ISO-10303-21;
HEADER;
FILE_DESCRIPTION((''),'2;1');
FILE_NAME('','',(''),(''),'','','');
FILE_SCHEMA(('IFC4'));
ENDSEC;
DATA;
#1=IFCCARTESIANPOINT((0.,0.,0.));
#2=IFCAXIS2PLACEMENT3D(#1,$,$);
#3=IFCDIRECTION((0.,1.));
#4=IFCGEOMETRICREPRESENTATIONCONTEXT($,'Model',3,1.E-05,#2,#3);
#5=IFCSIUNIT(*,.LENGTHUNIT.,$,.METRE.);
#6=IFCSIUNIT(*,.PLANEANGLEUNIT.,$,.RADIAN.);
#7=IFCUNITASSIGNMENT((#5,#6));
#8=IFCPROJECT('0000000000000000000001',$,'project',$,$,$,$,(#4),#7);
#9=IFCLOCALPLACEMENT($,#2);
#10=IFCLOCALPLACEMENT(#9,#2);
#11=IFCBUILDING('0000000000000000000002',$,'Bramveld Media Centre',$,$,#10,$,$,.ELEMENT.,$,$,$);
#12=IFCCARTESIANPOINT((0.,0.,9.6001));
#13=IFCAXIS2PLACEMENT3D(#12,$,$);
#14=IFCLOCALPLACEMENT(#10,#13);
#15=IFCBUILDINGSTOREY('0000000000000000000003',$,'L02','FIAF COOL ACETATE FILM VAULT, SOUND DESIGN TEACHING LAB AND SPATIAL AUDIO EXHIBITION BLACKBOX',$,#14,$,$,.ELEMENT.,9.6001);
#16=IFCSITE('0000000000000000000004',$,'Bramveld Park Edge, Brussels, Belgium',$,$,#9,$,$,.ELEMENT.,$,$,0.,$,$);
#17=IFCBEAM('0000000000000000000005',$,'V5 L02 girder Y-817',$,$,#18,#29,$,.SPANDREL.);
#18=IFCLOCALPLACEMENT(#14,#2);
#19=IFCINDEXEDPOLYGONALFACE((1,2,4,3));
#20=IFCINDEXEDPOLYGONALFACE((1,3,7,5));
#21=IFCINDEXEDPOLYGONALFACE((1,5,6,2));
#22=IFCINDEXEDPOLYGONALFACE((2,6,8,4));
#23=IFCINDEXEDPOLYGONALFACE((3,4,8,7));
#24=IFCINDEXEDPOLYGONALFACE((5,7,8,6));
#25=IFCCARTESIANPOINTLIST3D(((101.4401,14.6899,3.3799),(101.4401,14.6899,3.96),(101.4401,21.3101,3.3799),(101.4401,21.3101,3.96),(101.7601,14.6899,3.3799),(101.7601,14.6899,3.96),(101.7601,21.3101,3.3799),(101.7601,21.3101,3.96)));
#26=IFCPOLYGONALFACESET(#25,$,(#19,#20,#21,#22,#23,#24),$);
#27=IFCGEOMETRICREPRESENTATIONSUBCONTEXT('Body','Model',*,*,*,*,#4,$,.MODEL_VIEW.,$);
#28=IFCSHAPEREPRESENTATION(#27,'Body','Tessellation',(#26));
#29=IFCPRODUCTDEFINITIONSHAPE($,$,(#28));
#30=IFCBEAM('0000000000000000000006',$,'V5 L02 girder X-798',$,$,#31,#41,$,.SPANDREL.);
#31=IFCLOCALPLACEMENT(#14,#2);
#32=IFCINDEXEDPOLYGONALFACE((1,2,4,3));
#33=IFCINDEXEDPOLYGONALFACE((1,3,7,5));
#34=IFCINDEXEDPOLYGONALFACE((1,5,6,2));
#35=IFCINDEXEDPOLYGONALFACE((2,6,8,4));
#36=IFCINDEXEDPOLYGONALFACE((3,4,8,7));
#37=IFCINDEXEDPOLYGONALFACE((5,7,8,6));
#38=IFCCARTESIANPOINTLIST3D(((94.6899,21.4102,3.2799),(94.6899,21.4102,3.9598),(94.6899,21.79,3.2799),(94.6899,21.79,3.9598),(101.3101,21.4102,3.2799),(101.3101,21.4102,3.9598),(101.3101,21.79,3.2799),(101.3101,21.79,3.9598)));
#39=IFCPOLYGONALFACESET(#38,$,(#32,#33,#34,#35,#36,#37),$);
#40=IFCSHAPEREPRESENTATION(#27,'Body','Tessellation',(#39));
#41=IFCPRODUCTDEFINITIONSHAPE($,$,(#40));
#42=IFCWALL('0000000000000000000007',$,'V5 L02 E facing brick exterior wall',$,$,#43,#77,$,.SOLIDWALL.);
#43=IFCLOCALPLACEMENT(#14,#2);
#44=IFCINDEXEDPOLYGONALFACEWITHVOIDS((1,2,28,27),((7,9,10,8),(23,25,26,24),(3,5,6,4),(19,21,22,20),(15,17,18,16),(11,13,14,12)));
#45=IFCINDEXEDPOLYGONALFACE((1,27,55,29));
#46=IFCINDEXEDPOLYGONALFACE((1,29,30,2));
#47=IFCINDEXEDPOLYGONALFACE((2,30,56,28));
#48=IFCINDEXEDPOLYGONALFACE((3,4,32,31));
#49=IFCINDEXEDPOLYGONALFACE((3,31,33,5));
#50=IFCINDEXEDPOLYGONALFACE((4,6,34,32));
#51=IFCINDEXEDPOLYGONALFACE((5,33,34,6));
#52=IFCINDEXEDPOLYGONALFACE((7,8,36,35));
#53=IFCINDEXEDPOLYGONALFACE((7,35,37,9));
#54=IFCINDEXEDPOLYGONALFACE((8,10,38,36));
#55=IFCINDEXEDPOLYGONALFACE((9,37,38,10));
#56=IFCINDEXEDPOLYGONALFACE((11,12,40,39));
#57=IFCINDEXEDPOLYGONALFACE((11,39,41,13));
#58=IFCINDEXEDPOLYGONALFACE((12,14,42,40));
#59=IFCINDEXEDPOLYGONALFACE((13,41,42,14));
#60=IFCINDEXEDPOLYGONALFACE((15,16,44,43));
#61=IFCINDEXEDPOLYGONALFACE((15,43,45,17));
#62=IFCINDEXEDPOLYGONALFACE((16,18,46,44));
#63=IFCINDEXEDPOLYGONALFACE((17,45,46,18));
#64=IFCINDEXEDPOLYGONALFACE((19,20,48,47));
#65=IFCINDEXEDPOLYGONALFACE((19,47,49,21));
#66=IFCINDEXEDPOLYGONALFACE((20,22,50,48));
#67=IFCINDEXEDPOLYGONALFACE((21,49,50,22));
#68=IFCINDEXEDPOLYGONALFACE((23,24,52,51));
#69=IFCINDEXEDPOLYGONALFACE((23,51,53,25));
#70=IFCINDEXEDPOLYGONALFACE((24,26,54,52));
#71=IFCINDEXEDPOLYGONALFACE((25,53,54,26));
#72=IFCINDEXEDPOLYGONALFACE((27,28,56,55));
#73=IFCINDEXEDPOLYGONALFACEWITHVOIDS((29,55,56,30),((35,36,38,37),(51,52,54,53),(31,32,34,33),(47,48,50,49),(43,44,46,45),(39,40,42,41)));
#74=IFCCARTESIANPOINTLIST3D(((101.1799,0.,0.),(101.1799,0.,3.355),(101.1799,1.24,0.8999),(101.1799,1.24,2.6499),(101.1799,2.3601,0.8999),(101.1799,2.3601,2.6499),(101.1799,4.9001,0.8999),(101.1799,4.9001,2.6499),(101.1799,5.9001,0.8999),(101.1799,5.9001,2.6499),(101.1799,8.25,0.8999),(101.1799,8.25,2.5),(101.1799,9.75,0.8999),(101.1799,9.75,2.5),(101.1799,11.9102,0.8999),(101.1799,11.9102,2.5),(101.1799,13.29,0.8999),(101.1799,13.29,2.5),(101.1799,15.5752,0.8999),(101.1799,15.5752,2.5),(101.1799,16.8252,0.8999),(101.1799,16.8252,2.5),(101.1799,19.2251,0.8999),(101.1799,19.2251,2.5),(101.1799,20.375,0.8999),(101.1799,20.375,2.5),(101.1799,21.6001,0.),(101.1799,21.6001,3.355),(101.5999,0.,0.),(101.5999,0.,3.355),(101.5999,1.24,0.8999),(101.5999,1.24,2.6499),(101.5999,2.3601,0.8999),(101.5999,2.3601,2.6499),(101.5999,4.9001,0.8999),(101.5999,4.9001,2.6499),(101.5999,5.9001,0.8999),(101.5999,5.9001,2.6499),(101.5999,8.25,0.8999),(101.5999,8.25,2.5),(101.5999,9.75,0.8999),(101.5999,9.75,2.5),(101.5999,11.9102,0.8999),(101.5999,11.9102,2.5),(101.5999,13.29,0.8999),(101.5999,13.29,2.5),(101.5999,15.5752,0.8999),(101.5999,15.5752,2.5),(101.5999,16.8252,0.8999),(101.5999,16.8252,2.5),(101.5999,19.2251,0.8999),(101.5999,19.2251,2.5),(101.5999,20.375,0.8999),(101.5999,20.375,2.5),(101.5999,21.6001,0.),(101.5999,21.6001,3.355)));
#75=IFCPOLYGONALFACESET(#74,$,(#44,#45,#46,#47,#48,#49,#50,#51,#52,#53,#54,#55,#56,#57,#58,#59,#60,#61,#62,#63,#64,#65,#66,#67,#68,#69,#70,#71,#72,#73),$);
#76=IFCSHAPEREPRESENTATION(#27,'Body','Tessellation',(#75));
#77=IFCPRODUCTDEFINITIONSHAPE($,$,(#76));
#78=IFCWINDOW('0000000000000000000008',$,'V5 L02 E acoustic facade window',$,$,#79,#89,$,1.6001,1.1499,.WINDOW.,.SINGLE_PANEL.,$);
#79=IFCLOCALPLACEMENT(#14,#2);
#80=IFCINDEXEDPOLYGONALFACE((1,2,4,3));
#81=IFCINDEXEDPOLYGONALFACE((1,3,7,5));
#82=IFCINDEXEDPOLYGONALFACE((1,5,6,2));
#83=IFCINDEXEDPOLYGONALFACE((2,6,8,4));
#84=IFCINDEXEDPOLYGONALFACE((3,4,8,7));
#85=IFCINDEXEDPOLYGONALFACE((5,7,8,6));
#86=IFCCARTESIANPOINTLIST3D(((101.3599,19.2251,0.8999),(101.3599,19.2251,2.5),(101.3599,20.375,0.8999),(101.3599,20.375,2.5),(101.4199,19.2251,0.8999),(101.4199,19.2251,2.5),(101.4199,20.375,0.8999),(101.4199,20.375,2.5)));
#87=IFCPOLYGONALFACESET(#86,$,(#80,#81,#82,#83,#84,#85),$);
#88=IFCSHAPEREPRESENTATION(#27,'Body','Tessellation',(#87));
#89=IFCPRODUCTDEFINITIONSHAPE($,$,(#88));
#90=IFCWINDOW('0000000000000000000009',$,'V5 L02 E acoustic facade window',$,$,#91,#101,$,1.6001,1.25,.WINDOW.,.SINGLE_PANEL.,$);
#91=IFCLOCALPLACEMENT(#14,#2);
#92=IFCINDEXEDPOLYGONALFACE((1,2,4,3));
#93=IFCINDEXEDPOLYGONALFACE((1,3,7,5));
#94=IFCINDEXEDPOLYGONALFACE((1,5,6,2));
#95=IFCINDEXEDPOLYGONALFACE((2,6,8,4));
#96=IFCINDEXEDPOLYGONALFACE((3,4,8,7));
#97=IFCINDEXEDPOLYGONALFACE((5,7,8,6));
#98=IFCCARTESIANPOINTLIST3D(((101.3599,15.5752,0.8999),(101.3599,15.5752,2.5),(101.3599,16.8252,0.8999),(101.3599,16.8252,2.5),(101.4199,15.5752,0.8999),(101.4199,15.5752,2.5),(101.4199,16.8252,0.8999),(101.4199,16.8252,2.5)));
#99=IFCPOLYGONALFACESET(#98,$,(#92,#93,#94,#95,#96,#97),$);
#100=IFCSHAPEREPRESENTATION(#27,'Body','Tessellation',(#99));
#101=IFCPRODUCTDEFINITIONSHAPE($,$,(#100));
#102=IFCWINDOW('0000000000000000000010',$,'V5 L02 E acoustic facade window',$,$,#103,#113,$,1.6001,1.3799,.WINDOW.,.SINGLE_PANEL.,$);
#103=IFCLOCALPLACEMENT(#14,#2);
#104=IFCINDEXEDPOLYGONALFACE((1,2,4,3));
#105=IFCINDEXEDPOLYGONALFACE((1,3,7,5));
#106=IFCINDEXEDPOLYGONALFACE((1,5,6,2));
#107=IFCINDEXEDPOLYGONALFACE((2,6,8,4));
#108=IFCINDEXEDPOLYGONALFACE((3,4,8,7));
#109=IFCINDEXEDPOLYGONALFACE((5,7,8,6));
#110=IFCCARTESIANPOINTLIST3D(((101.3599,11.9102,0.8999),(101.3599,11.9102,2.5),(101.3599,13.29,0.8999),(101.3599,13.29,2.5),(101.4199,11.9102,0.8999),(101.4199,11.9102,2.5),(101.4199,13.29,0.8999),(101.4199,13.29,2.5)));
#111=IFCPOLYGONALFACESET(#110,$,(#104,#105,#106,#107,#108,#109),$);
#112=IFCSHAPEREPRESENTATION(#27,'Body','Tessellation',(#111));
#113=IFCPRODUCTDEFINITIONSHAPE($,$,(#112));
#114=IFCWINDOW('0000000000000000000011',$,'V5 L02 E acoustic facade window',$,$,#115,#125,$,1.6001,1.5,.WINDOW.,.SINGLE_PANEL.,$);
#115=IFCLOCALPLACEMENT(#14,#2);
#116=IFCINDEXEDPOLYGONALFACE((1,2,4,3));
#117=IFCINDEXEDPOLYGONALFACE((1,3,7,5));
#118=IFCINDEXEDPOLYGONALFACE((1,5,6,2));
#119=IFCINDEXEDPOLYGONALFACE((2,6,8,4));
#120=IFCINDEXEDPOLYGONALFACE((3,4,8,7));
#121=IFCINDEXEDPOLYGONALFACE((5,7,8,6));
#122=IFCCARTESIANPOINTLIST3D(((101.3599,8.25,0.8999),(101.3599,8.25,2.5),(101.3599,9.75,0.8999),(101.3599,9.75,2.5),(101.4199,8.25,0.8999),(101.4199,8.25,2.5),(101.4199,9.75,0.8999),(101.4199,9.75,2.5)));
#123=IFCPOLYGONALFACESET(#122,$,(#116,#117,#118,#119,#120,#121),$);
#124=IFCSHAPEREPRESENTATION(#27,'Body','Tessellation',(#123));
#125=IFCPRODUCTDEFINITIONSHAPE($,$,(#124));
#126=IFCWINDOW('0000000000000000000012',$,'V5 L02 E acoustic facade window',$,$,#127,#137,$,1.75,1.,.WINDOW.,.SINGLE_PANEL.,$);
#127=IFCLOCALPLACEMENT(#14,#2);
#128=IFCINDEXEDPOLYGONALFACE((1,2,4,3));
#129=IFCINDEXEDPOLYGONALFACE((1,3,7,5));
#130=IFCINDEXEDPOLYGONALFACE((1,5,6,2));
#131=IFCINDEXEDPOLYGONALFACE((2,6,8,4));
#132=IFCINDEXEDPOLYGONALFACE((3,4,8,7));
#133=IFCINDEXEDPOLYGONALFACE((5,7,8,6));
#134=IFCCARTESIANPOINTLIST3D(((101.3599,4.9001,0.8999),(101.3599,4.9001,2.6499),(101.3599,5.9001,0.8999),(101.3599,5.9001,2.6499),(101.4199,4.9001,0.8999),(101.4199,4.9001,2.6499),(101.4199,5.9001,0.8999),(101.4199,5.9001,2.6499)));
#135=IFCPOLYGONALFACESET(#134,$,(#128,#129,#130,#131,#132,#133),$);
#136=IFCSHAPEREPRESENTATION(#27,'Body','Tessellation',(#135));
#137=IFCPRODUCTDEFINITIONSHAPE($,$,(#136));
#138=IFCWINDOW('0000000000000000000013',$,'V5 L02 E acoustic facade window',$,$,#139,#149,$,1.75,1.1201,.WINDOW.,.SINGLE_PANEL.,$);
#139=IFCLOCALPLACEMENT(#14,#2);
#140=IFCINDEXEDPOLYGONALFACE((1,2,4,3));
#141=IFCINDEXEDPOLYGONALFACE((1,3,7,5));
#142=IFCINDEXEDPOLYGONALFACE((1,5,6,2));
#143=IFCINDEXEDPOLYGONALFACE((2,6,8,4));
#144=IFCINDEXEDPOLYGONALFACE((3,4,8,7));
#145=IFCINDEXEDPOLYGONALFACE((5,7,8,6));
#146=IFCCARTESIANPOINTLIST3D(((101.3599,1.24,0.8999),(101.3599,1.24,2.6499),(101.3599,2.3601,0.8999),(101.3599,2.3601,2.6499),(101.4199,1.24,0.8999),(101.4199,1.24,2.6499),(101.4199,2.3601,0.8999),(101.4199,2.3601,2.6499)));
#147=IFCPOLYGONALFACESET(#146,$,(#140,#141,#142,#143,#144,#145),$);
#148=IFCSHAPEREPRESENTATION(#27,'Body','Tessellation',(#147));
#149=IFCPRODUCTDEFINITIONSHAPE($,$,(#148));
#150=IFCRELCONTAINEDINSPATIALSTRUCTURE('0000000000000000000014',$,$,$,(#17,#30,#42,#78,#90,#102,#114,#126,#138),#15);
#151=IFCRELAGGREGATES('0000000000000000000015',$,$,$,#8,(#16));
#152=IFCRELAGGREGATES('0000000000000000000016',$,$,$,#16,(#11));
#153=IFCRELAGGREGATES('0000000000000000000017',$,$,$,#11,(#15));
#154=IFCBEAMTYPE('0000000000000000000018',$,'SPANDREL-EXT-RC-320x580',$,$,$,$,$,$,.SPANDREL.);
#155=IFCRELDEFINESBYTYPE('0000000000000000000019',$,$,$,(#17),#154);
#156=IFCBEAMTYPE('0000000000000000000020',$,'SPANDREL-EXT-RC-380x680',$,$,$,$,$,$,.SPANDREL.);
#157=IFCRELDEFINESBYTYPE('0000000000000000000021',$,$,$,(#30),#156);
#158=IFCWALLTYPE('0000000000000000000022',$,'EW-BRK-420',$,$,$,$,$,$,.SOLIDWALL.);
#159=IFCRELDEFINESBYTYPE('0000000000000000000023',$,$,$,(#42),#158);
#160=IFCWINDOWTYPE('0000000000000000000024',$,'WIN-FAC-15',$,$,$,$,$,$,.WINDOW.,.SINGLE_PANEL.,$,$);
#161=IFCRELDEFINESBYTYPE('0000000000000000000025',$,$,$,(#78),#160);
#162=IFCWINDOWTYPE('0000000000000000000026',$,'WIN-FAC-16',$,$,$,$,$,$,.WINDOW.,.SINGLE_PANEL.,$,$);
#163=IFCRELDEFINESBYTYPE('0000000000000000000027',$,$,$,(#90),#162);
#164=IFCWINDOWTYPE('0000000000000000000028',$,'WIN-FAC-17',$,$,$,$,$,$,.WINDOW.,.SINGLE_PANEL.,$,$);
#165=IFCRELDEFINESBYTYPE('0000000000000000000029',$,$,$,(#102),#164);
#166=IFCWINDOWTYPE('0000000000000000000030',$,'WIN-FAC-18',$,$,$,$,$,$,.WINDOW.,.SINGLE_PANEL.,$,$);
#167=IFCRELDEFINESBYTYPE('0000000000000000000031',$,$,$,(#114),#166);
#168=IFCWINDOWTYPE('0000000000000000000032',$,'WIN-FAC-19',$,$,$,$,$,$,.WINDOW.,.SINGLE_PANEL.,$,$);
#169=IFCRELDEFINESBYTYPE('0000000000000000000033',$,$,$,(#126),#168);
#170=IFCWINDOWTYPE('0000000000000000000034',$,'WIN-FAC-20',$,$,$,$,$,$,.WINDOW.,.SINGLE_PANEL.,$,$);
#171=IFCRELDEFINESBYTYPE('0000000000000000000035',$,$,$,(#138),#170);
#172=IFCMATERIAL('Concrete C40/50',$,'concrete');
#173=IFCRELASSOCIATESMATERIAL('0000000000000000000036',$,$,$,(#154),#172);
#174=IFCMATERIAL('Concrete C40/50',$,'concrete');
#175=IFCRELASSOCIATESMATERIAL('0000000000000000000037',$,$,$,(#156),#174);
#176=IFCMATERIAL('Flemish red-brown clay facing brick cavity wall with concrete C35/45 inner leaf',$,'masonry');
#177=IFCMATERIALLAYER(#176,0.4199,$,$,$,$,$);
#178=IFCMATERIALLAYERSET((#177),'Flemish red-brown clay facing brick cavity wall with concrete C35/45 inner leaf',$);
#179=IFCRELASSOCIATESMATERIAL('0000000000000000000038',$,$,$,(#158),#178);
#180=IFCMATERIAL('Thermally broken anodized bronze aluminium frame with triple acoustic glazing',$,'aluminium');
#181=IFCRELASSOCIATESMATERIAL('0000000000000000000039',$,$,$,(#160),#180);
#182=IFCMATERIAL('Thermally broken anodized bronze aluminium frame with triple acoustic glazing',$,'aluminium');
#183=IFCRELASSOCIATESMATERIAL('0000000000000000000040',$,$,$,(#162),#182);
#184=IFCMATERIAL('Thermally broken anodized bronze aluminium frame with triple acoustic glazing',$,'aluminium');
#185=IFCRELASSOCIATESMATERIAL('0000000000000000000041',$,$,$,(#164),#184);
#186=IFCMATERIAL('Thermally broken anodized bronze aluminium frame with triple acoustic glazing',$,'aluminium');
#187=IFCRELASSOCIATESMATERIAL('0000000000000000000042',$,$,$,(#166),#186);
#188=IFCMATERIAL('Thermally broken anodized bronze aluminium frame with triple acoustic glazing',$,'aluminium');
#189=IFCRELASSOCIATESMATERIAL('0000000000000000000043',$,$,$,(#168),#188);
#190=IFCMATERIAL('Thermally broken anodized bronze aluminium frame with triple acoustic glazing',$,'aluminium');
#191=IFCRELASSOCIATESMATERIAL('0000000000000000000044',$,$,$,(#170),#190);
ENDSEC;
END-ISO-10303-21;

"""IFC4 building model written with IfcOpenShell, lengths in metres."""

from ifc_helpers import new_model, si_unit, direction, frame, frame_2d, origin, origin_2d, place, context, subcontext, project, spatial, rectangle, extrude, material, layer, layer_set, material_profile, profile_set, type_object, element, fill, save


model = new_model("IFC4")

# Units and contexts
model_context = context("Model", 3, precision=1e-05, world=origin(), true_north=direction((0.0, 1.0)))
body_context = subcontext(model_context, "Body", "Model", "MODEL_VIEW")
ifc_project = project(units=[si_unit("LENGTHUNIT", "METRE"), si_unit("PLANEANGLEUNIT", "RADIAN")], contexts=[model_context])

# Site, building, storey
site_placement = place(None, origin())
site = spatial("IfcSite", under=ifc_project, at=site_placement, Name="Bramveld Park Edge, Brussels, Belgium", CompositionType="ELEMENT", RefElevation=0.0)
building_placement = place(site_placement, origin())
building = spatial("IfcBuilding", under=site, at=building_placement, Name="Bramveld Media Centre", CompositionType="ELEMENT")
storey_placement = place(building_placement, frame((0.0, 0.0, 9.6001)))
storey = spatial("IfcBuildingStorey", under=building, at=storey_placement, Name="L02", Description="FIAF COOL ACETATE FILM VAULT, SOUND DESIGN TEACHING LAB AND SPATIAL AUDIO EXHIBITION BLACKBOX", CompositionType="ELEMENT", Elevation=9.6001)

# Beams
ifc_material_1 = material(Name="Concrete C40/50", Category="concrete")
ifc_material_profile_1 = material_profile(ifc_material_1, rectangle(XDim=0.3201, YDim=0.5801, at=origin_2d()), Name="RC 320x580")
ifc_profile_set_1 = profile_set([ifc_material_profile_1], Name="Concrete C40/50")
beam_type_1 = type_object("IfcBeamType", Name="SPANDREL-EXT-RC-320x580", PredefinedType="SPANDREL", material=ifc_profile_set_1)
beam_1_placement = place(storey_placement, frame((101.6001, 14.6899, 3.6699), z_axis=(0.0, 1.0, 0.0), x_axis=(-1.0, 0.0, 0.0)))
element("IfcBeam", 1, at=beam_1_placement, inside=storey, type_object=beam_type_1, Name="V5 L02 girder Y-817", PredefinedType="SPANDREL", context=body_context, shape_type="SweptSolid", body=[
    extrude(rectangle(XDim=0.3201, YDim=0.5801, at=origin_2d()), origin(), (0.0, 0.0, 1.0), 6.6201),
])
ifc_material_2 = material(Name="Concrete C40/50", Category="concrete")
ifc_material_profile_2 = material_profile(ifc_material_2, rectangle(XDim=0.3799, YDim=0.6799, at=origin_2d()), Name="RC 380x680")
ifc_profile_set_2 = profile_set([ifc_material_profile_2], Name="Concrete C40/50")
beam_type_2 = type_object("IfcBeamType", Name="SPANDREL-EXT-RC-380x680", PredefinedType="SPANDREL", material=ifc_profile_set_2)
beam_2_placement = place(storey_placement, frame((94.6899, 21.6001, 3.6199), z_axis=(1.0, 0.0, 0.0), x_axis=(0.0, 1.0, 0.0)))
element("IfcBeam", 2, at=beam_2_placement, inside=storey, type_object=beam_type_2, Name="V5 L02 girder X-798", PredefinedType="SPANDREL", context=body_context, shape_type="SweptSolid", body=[
    extrude(rectangle(XDim=0.3799, YDim=0.6799, at=origin_2d()), origin(), (0.0, 0.0, 1.0), 6.6201),
])

# Wall, openings, windows
ifc_material_3 = material(Name="Flemish red-brown clay facing brick cavity wall with concrete C35/45 inner leaf", Category="masonry")
ifc_layer_1 = layer(ifc_material_3, 0.4199)
ifc_layer_set_1 = layer_set([ifc_layer_1], Name="Flemish red-brown clay facing brick cavity wall with concrete C35/45 inner leaf")
wall_type_1 = type_object("IfcWallType", Name="EW-BRK-420", PredefinedType="SOLIDWALL", material=ifc_layer_set_1)
wall_1_placement = place(storey_placement, frame((101.3899, 21.6001, 0.0), z_axis=(0.0, 0.0, 1.0), x_axis=(0.0, -1.0, 0.0)))
wall_1 = element("IfcWall", 3, at=wall_1_placement, inside=storey, type_object=wall_type_1, Name="V5 L02 E facing brick exterior wall", PredefinedType="SOLIDWALL", context=body_context, shape_type="SweptSolid", body=[
    extrude(rectangle(XDim=21.6001, YDim=0.4199, at=frame_2d((10.8, 0.0))), origin(), (0.0, 0.0, 1.0), 3.355),
])
opening_1_placement = place(wall_1_placement, frame((1.2251, 0.0, 0.8999)))
opening_1 = element("IfcOpeningElement", 4, at=opening_1_placement, cuts=wall_1, PredefinedType="OPENING", context=body_context, shape_type="SweptSolid", body=[
    extrude(rectangle(XDim=1.1499, YDim=1.6001, at=frame_2d((0.575, 0.8))), frame((0.0, 0.2219, 0.0), z_axis=(0.0, -1.0, 0.0), x_axis=(1.0, 0.0, 0.0)), (0.0, 0.0, 1.0), 0.4438),
])
opening_2_placement = place(wall_1_placement, frame((4.7749, 0.0, 0.8999)))
opening_2 = element("IfcOpeningElement", 5, at=opening_2_placement, cuts=wall_1, PredefinedType="OPENING", context=body_context, shape_type="SweptSolid", body=[
    extrude(rectangle(XDim=1.25, YDim=1.6001, at=frame_2d((0.625, 0.8))), frame((0.0, 0.2219, 0.0), z_axis=(0.0, -1.0, 0.0), x_axis=(1.0, 0.0, 0.0)), (0.0, 0.0, 1.0), 0.4438),
])
opening_3_placement = place(wall_1_placement, frame((8.3101, 0.0, 0.8999)))
opening_3 = element("IfcOpeningElement", 6, at=opening_3_placement, cuts=wall_1, PredefinedType="OPENING", context=body_context, shape_type="SweptSolid", body=[
    extrude(rectangle(XDim=1.3799, YDim=1.6001, at=frame_2d((0.6899, 0.8))), frame((0.0, 0.2219, 0.0), z_axis=(0.0, -1.0, 0.0), x_axis=(1.0, 0.0, 0.0)), (0.0, 0.0, 1.0), 0.4438),
])
opening_4_placement = place(wall_1_placement, frame((11.8501, 0.0, 0.8999)))
opening_4 = element("IfcOpeningElement", 7, at=opening_4_placement, cuts=wall_1, PredefinedType="OPENING", context=body_context, shape_type="SweptSolid", body=[
    extrude(rectangle(XDim=1.5, YDim=1.6001, at=frame_2d((0.75, 0.8))), frame((0.0, 0.2219, 0.0), z_axis=(0.0, -1.0, 0.0), x_axis=(1.0, 0.0, 0.0)), (0.0, 0.0, 1.0), 0.4438),
])
opening_5_placement = place(wall_1_placement, frame((15.7, 0.0, 0.8999)))
opening_5 = element("IfcOpeningElement", 8, at=opening_5_placement, cuts=wall_1, PredefinedType="OPENING", context=body_context, shape_type="SweptSolid", body=[
    extrude(rectangle(XDim=1.0, YDim=1.75, at=frame_2d((0.5, 0.875))), frame((0.0, 0.2219, 0.0), z_axis=(0.0, -1.0, 0.0), x_axis=(1.0, 0.0, 0.0)), (0.0, 0.0, 1.0), 0.4438),
])
opening_6_placement = place(wall_1_placement, frame((19.24, 0.0, 0.8999)))
opening_6 = element("IfcOpeningElement", 9, at=opening_6_placement, cuts=wall_1, PredefinedType="OPENING", context=body_context, shape_type="SweptSolid", body=[
    extrude(rectangle(XDim=1.1201, YDim=1.75, at=frame_2d((0.5601, 0.875))), frame((0.0, 0.2219, 0.0), z_axis=(0.0, -1.0, 0.0), x_axis=(1.0, 0.0, 0.0)), (0.0, 0.0, 1.0), 0.4438),
])
ifc_material_4 = material(Name="Thermally broken anodized bronze aluminium frame with triple acoustic glazing", Category="aluminium")
window_type_1 = type_object("IfcWindowType", Name="WIN-FAC-15", PartitioningType="SINGLE_PANEL", PredefinedType="WINDOW", material=ifc_material_4)
window_1_placement = place(opening_1_placement, origin())
window_1 = element("IfcWindow", 10, at=window_1_placement, inside=storey, type_object=window_type_1, Name="V5 L02 E acoustic facade window", OverallHeight=1.6001, OverallWidth=1.1499, PartitioningType="SINGLE_PANEL", PredefinedType="WINDOW", context=body_context, shape_type="SweptSolid", body=[
    extrude(rectangle(XDim=1.1499, YDim=1.6001, at=frame_2d((0.575, 0.8))), frame((0.0, 0.03, 0.0), z_axis=(0.0, -1.0, 0.0), x_axis=(1.0, 0.0, 0.0)), (0.0, 0.0, 1.0), 0.0601),
])
fill(opening_1, window_1)
ifc_material_5 = material(Name="Thermally broken anodized bronze aluminium frame with triple acoustic glazing", Category="aluminium")
window_type_2 = type_object("IfcWindowType", Name="WIN-FAC-16", PartitioningType="SINGLE_PANEL", PredefinedType="WINDOW", material=ifc_material_5)
window_2_placement = place(opening_2_placement, origin())
window_2 = element("IfcWindow", 11, at=window_2_placement, inside=storey, type_object=window_type_2, Name="V5 L02 E acoustic facade window", OverallHeight=1.6001, OverallWidth=1.25, PartitioningType="SINGLE_PANEL", PredefinedType="WINDOW", context=body_context, shape_type="SweptSolid", body=[
    extrude(rectangle(XDim=1.25, YDim=1.6001, at=frame_2d((0.625, 0.8))), frame((0.0, 0.03, 0.0), z_axis=(0.0, -1.0, 0.0), x_axis=(1.0, 0.0, 0.0)), (0.0, 0.0, 1.0), 0.0601),
])
fill(opening_2, window_2)
ifc_material_6 = material(Name="Thermally broken anodized bronze aluminium frame with triple acoustic glazing", Category="aluminium")
window_type_3 = type_object("IfcWindowType", Name="WIN-FAC-17", PartitioningType="SINGLE_PANEL", PredefinedType="WINDOW", material=ifc_material_6)
window_3_placement = place(opening_3_placement, origin())
window_3 = element("IfcWindow", 12, at=window_3_placement, inside=storey, type_object=window_type_3, Name="V5 L02 E acoustic facade window", OverallHeight=1.6001, OverallWidth=1.3799, PartitioningType="SINGLE_PANEL", PredefinedType="WINDOW", context=body_context, shape_type="SweptSolid", body=[
    extrude(rectangle(XDim=1.3799, YDim=1.6001, at=frame_2d((0.6899, 0.8))), frame((0.0, 0.03, 0.0), z_axis=(0.0, -1.0, 0.0), x_axis=(1.0, 0.0, 0.0)), (0.0, 0.0, 1.0), 0.0601),
])
fill(opening_3, window_3)
ifc_material_7 = material(Name="Thermally broken anodized bronze aluminium frame with triple acoustic glazing", Category="aluminium")
window_type_4 = type_object("IfcWindowType", Name="WIN-FAC-18", PartitioningType="SINGLE_PANEL", PredefinedType="WINDOW", material=ifc_material_7)
window_4_placement = place(opening_4_placement, origin())
window_4 = element("IfcWindow", 13, at=window_4_placement, inside=storey, type_object=window_type_4, Name="V5 L02 E acoustic facade window", OverallHeight=1.6001, OverallWidth=1.5, PartitioningType="SINGLE_PANEL", PredefinedType="WINDOW", context=body_context, shape_type="SweptSolid", body=[
    extrude(rectangle(XDim=1.5, YDim=1.6001, at=frame_2d((0.75, 0.8))), frame((0.0, 0.03, 0.0), z_axis=(0.0, -1.0, 0.0), x_axis=(1.0, 0.0, 0.0)), (0.0, 0.0, 1.0), 0.0601),
])
fill(opening_4, window_4)
ifc_material_8 = material(Name="Thermally broken anodized bronze aluminium frame with triple acoustic glazing", Category="aluminium")
window_type_5 = type_object("IfcWindowType", Name="WIN-FAC-19", PartitioningType="SINGLE_PANEL", PredefinedType="WINDOW", material=ifc_material_8)
window_5_placement = place(opening_5_placement, origin())
window_5 = element("IfcWindow", 14, at=window_5_placement, inside=storey, type_object=window_type_5, Name="V5 L02 E acoustic facade window", OverallHeight=1.75, OverallWidth=1.0, PartitioningType="SINGLE_PANEL", PredefinedType="WINDOW", context=body_context, shape_type="SweptSolid", body=[
    extrude(rectangle(XDim=1.0, YDim=1.75, at=frame_2d((0.5, 0.875))), frame((0.0, 0.03, 0.0), z_axis=(0.0, -1.0, 0.0), x_axis=(1.0, 0.0, 0.0)), (0.0, 0.0, 1.0), 0.0601),
])
fill(opening_5, window_5)
ifc_material_9 = material(Name="Thermally broken anodized bronze aluminium frame with triple acoustic glazing", Category="aluminium")
window_type_6 = type_object("IfcWindowType", Name="WIN-FAC-20", PartitioningType="SINGLE_PANEL", PredefinedType="WINDOW", material=ifc_material_9)
window_6_placement = place(opening_6_placement, origin())
window_6 = element("IfcWindow", 15, at=window_6_placement, inside=storey, type_object=window_type_6, Name="V5 L02 E acoustic facade window", OverallHeight=1.75, OverallWidth=1.1201, PartitioningType="SINGLE_PANEL", PredefinedType="WINDOW", context=body_context, shape_type="SweptSolid", body=[
    extrude(rectangle(XDim=1.1201, YDim=1.75, at=frame_2d((0.5601, 0.875))), frame((0.0, 0.03, 0.0), z_axis=(0.0, -1.0, 0.0), x_axis=(1.0, 0.0, 0.0)), (0.0, 0.0, 1.0), 0.0601),
])
fill(opening_6, window_6)

save(model, "model.ifc")
